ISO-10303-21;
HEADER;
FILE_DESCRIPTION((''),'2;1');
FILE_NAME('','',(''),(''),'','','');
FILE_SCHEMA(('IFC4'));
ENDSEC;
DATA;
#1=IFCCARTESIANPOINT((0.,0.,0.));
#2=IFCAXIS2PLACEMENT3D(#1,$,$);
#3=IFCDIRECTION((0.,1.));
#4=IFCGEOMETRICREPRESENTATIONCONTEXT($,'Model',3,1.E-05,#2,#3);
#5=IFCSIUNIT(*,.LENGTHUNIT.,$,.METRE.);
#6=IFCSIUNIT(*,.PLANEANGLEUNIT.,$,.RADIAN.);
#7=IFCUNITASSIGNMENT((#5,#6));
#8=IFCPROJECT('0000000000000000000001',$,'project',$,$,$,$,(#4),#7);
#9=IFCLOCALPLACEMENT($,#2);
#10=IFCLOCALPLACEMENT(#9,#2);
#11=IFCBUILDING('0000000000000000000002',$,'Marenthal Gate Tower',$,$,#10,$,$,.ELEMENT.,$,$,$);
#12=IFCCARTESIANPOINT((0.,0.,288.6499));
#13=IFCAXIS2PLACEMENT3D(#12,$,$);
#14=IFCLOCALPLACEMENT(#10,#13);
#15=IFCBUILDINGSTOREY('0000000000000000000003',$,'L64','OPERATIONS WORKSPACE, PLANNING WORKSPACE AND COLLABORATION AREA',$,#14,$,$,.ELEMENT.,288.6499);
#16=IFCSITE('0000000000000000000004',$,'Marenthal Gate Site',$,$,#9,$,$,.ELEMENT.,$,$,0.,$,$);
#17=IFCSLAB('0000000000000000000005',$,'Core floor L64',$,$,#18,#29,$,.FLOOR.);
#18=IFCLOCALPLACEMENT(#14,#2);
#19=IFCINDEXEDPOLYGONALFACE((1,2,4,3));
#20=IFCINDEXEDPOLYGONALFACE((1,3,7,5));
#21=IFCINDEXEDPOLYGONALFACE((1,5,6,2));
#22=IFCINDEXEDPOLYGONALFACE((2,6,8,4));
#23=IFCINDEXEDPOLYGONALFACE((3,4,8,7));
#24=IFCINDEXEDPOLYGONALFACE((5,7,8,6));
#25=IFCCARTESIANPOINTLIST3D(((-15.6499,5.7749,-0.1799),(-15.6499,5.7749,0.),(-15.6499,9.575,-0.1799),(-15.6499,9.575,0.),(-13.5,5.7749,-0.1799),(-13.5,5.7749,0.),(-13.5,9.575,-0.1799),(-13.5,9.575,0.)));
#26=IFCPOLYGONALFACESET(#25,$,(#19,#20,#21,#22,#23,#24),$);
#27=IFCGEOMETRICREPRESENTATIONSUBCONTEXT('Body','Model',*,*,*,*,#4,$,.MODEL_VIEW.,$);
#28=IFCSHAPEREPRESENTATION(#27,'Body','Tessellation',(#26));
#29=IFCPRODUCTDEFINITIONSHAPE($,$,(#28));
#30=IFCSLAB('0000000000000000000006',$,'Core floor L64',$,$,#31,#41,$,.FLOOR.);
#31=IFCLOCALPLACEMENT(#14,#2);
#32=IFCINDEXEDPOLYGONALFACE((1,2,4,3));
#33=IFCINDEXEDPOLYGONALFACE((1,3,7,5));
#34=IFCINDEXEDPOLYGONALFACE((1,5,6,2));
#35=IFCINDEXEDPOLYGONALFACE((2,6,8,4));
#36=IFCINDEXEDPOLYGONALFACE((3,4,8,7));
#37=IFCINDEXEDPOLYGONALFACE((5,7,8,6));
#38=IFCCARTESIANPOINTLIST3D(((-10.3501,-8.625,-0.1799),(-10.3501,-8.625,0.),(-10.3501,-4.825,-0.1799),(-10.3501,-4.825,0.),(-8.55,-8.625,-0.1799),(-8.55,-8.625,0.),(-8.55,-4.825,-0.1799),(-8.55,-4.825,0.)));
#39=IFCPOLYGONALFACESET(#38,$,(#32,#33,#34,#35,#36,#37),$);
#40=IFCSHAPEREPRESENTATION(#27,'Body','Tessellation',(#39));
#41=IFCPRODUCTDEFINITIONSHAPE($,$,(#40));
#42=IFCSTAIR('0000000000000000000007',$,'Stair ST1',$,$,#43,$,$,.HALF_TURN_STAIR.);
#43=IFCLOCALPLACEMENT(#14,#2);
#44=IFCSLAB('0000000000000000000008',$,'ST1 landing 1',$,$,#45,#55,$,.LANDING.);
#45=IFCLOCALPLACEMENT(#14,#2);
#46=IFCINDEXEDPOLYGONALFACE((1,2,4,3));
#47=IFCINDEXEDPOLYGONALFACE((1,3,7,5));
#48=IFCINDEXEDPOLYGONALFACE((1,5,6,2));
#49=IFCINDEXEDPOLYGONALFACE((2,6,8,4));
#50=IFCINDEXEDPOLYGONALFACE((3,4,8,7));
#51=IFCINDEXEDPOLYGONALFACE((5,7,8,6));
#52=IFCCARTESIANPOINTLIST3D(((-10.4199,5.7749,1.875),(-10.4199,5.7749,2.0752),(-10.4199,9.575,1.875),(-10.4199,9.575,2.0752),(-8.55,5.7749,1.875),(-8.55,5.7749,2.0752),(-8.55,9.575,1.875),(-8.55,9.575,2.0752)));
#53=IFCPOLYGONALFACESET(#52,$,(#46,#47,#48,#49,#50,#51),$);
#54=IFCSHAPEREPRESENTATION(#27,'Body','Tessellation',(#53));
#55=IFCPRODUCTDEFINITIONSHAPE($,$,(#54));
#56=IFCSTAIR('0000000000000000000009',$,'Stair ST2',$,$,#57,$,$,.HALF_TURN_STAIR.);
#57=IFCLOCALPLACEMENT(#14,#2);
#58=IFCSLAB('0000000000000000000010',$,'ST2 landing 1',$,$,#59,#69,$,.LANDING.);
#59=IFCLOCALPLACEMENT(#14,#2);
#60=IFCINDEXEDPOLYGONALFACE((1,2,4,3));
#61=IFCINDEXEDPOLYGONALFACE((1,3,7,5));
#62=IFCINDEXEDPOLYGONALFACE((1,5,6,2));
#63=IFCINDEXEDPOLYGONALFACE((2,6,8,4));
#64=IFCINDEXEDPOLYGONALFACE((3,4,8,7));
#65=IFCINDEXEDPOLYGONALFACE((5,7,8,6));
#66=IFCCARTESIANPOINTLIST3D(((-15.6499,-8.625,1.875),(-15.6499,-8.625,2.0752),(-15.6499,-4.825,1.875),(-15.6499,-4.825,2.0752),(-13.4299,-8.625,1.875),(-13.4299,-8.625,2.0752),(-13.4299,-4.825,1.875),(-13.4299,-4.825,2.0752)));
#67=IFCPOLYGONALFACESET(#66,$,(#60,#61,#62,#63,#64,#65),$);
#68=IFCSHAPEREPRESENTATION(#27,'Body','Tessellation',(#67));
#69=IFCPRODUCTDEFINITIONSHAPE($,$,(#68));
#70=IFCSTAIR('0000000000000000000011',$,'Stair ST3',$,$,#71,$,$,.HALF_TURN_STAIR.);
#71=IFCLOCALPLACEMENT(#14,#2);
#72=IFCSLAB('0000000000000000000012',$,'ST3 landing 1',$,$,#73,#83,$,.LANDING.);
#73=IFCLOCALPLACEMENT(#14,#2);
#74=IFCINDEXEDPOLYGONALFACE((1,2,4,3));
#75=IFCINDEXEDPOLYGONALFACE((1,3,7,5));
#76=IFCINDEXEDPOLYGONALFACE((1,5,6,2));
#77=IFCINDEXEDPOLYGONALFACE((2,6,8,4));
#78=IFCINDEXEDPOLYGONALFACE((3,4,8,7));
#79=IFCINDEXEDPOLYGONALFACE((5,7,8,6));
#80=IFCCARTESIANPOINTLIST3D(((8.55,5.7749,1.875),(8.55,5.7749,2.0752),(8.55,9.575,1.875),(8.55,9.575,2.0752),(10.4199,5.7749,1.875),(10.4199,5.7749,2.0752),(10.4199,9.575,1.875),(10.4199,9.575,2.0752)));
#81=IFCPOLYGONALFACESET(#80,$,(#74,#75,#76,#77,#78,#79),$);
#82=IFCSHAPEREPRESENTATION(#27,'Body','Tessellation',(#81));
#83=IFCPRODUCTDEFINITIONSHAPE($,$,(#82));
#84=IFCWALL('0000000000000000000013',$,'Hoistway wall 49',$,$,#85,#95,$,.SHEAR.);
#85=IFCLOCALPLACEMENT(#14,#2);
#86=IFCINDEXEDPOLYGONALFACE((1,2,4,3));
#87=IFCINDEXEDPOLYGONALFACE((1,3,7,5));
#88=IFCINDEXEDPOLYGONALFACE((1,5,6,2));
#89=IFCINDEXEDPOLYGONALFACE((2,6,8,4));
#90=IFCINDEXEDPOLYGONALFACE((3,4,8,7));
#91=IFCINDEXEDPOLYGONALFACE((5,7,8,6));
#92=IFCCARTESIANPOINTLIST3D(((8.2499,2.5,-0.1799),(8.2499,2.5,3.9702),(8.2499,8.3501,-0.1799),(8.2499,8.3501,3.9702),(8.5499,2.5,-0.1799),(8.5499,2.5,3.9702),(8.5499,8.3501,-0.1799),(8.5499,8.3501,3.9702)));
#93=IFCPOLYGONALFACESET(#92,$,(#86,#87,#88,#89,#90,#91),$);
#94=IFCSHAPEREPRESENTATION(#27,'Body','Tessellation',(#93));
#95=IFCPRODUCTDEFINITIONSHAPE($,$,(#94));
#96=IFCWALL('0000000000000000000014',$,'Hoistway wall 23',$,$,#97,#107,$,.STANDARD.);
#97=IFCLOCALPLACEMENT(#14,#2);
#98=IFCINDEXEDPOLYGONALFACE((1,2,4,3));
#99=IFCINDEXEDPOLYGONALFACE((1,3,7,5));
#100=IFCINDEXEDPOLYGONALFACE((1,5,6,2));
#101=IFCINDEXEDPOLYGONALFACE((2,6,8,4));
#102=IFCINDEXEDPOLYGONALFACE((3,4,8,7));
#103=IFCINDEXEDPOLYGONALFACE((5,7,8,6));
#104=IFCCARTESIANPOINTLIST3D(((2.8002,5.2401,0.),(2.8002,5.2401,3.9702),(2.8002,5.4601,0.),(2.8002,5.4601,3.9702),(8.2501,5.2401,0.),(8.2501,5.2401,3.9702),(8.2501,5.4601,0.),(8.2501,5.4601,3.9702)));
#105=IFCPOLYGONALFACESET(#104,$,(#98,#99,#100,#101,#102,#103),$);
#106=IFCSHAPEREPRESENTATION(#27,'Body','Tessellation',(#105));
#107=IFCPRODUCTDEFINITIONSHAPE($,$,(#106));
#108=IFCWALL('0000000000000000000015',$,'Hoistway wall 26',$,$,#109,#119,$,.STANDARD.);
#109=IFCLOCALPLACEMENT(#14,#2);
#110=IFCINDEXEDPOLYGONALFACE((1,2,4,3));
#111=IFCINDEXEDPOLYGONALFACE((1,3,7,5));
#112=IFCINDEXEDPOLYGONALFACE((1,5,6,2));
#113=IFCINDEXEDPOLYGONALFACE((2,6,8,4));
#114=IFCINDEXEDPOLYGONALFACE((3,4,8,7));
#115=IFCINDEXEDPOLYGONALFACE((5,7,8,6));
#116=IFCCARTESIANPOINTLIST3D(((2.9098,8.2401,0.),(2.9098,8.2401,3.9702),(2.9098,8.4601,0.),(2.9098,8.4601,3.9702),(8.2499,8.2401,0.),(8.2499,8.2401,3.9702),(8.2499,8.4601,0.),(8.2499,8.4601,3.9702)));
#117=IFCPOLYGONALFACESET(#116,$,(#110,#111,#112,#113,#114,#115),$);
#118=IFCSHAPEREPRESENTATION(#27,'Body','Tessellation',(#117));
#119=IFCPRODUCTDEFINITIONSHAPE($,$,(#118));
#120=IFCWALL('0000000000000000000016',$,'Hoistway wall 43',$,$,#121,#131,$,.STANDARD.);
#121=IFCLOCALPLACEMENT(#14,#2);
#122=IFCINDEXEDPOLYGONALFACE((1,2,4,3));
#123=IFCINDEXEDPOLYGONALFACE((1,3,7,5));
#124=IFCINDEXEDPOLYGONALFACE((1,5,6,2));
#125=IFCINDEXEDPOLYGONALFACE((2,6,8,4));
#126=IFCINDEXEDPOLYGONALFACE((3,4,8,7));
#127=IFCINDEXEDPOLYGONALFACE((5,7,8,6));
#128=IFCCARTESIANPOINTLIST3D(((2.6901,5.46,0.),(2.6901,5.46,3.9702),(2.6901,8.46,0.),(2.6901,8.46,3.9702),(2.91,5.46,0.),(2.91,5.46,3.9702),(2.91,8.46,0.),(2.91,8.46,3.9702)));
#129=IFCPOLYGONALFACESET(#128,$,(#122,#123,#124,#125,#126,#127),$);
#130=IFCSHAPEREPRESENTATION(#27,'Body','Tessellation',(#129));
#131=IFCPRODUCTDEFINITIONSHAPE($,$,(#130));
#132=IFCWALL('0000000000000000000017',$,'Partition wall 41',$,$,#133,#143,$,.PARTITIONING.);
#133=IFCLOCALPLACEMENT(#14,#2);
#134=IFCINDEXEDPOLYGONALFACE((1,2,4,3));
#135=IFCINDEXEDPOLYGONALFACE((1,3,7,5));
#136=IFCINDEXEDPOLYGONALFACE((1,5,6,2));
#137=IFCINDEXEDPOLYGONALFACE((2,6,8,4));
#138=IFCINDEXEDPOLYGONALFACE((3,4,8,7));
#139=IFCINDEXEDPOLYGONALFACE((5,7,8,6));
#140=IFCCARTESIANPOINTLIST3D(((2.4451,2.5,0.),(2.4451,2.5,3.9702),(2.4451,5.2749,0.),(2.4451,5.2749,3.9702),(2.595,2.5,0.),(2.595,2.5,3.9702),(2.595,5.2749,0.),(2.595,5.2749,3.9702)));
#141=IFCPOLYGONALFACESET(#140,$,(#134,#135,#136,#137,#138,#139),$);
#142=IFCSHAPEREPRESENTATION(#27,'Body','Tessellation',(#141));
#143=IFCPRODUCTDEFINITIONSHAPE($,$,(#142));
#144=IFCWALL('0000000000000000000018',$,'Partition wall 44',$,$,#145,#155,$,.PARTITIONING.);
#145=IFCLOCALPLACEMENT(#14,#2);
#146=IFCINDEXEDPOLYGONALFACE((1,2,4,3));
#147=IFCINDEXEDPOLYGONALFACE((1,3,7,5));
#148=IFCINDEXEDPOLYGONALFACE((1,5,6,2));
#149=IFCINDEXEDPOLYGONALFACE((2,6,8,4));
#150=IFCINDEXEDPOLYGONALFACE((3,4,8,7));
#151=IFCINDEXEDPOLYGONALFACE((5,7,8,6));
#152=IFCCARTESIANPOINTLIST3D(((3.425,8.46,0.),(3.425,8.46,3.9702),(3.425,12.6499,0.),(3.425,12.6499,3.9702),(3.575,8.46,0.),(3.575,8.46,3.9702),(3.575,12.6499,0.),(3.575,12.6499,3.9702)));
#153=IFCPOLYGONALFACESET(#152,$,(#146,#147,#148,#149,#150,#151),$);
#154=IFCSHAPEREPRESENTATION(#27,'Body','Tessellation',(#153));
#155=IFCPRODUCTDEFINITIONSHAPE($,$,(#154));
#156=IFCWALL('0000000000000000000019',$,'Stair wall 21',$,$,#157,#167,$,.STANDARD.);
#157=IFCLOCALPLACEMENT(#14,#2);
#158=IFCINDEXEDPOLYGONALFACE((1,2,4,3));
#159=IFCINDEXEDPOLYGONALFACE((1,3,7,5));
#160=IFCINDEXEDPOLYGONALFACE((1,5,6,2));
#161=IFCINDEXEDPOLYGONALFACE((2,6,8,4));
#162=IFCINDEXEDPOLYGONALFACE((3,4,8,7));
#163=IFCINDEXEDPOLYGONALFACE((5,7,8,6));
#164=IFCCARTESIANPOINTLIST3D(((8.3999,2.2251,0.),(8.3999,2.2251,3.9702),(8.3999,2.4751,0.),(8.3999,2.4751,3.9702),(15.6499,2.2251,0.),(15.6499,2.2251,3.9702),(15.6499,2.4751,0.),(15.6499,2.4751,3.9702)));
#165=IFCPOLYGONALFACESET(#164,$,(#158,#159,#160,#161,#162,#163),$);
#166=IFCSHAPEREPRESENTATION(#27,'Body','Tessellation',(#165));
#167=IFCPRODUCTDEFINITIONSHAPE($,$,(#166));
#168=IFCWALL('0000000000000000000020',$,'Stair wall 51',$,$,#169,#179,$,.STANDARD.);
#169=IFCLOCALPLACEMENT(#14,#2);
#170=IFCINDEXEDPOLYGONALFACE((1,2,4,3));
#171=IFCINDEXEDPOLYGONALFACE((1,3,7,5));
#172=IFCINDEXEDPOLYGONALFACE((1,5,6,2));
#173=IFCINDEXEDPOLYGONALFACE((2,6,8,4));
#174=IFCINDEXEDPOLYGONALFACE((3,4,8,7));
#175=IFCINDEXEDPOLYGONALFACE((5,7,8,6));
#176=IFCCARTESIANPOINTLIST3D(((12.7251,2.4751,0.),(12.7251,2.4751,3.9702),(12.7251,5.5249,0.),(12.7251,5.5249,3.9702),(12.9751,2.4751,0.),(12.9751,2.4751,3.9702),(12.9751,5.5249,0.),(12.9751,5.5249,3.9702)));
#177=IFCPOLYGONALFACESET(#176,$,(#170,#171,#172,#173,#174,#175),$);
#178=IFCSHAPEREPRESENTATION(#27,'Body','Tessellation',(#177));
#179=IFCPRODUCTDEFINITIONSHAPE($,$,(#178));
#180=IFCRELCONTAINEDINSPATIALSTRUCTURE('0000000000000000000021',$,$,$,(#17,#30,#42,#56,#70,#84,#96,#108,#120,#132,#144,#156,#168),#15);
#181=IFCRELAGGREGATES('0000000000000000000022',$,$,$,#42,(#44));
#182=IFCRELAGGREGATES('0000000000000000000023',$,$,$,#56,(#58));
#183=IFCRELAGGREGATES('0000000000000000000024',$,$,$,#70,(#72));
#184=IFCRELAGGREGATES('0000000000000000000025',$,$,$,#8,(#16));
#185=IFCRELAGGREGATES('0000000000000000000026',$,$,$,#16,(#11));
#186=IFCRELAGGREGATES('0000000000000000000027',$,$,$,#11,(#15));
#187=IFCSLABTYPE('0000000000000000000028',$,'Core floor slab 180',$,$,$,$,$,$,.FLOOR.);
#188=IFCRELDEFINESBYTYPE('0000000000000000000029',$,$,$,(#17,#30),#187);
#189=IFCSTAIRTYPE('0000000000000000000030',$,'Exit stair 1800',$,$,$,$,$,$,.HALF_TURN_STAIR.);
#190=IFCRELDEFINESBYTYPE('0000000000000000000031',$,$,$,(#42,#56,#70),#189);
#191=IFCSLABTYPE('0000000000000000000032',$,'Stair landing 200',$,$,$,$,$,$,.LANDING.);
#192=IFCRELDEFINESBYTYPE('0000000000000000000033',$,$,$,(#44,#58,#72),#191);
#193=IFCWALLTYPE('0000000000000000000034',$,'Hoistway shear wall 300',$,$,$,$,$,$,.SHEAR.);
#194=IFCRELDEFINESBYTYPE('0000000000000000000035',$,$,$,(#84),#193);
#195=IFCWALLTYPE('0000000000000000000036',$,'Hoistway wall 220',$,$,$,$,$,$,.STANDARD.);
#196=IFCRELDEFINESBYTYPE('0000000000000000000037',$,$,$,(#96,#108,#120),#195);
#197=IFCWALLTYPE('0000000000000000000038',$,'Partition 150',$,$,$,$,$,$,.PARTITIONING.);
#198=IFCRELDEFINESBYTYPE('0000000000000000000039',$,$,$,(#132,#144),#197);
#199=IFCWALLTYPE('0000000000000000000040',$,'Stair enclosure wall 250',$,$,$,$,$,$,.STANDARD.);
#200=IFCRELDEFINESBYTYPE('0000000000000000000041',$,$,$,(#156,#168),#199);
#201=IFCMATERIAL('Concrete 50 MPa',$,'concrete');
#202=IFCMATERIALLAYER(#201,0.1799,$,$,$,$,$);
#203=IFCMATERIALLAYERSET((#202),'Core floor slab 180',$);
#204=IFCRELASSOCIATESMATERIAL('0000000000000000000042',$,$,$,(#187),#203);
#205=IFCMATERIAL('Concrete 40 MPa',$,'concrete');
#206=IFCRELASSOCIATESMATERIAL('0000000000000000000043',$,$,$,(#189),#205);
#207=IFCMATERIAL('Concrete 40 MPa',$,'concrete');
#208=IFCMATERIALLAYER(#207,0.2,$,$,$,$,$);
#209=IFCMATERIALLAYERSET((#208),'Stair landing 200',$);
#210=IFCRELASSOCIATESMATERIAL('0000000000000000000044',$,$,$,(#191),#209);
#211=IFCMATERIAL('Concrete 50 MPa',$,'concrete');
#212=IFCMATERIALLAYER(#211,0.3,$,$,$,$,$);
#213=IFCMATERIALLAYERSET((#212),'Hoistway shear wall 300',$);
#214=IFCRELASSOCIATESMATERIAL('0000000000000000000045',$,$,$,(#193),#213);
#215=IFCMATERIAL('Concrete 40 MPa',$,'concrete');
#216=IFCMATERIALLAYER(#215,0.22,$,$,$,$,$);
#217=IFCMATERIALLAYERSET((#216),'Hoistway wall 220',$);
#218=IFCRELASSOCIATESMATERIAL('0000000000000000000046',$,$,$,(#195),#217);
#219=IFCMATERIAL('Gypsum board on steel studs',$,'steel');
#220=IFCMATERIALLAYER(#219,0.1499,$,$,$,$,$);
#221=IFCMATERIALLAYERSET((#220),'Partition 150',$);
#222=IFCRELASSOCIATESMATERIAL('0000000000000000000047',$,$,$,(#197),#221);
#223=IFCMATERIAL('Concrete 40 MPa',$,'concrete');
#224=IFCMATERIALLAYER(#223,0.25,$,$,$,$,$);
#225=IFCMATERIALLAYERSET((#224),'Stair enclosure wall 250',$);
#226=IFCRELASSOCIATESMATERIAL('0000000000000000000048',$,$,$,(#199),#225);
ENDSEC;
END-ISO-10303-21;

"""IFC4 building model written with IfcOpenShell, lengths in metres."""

from ifc_helpers import new_model, si_unit, direction, frame, frame_2d, origin, place, context, subcontext, project, spatial, polyline, rectangle, outline, extrude, material, layer, layer_set, type_object, element, aggregate, save


model = new_model("IFC4")

# Units and contexts
model_context = context("Model", 3, precision=1e-05, world=origin(), true_north=direction((0.0, 1.0)))
body_context = subcontext(model_context, "Body", "Model", "MODEL_VIEW")
ifc_project = project(units=[si_unit("LENGTHUNIT", "METRE"), si_unit("PLANEANGLEUNIT", "RADIAN")], contexts=[model_context])

# Site, building, storey
site_placement = place(None, origin())
site = spatial("IfcSite", under=ifc_project, at=site_placement, Name="Marenthal Gate Site", CompositionType="ELEMENT", RefElevation=0.0)
building_placement = place(site_placement, origin())
building = spatial("IfcBuilding", under=site, at=building_placement, Name="Marenthal Gate Tower", CompositionType="ELEMENT")
storey_placement = place(building_placement, frame((0.0, 0.0, 288.6499)))
storey = spatial("IfcBuildingStorey", under=building, at=storey_placement, Name="L64", Description="OPERATIONS WORKSPACE, PLANNING WORKSPACE AND COLLABORATION AREA", CompositionType="ELEMENT", Elevation=288.6499)

# Slabs
ifc_material_1 = material(Name="Concrete 50 MPa", Category="concrete")
ifc_layer_1 = layer(ifc_material_1, 0.1799)
ifc_layer_set_1 = layer_set([ifc_layer_1], Name="Core floor slab 180")
slab_type_1 = type_object("IfcSlabType", Name="Core floor slab 180", PredefinedType="FLOOR", material=ifc_layer_set_1)
slab_1_placement = place(storey_placement, frame((0.0, 0.0, -0.1799)))
element("IfcSlab", 1, at=slab_1_placement, inside=storey, type_object=slab_type_1, Name="Core floor L64", PredefinedType="FLOOR", context=body_context, shape_type="SweptSolid", body=[
    extrude(outline(polyline([(-15.6499, 9.575), (-13.5, 9.575), (-13.5, 5.7749), (-15.6499, 5.7749), (-15.6499, 9.575)])), origin(), (0.0, 0.0, 1.0), 0.1799),
])
slab_2_placement = place(storey_placement, frame((0.0, 0.0, -0.1799)))
element("IfcSlab", 2, at=slab_2_placement, inside=storey, type_object=slab_type_1, Name="Core floor L64", PredefinedType="FLOOR", context=body_context, shape_type="SweptSolid", body=[
    extrude(outline(polyline([(-8.55, -4.825), (-8.55, -8.625), (-10.3501, -8.625), (-10.3501, -4.825), (-8.55, -4.825)])), origin(), (0.0, 0.0, 1.0), 0.1799),
])

# Stairs, slabs
ifc_material_2 = material(Name="Concrete 40 MPa", Category="concrete")
stair_type = type_object("IfcStairType", Name="Exit stair 1800", PredefinedType="HALF_TURN_STAIR", material=ifc_material_2)
stair_1_placement = place(storey_placement, origin())
stair_1 = element("IfcStair", 3, at=stair_1_placement, inside=storey, type_object=stair_type, Name="Stair ST1", PredefinedType="HALF_TURN_STAIR")
ifc_material_3 = material(Name="Concrete 40 MPa", Category="concrete")
ifc_layer_2 = layer(ifc_material_3, 0.2)
ifc_layer_set_2 = layer_set([ifc_layer_2], Name="Stair landing 200")
slab_type_2 = type_object("IfcSlabType", Name="Stair landing 200", PredefinedType="LANDING", material=ifc_layer_set_2)
slab_3_placement = place(storey_placement, frame((0.0, 0.0, 1.875)))
slab_3 = element("IfcSlab", 4, at=slab_3_placement, type_object=slab_type_2, Name="ST1 landing 1", PredefinedType="LANDING", context=body_context, shape_type="SweptSolid", body=[
    extrude(outline(polyline([(-10.4199, 5.7749), (-8.55, 5.7749), (-8.55, 9.575), (-10.4199, 9.575), (-10.4199, 5.7749)])), origin(), (0.0, 0.0, 1.0), 0.2002),
])
aggregate(stair_1, [slab_3])
stair_2_placement = place(storey_placement, origin())
stair_2 = element("IfcStair", 5, at=stair_2_placement, inside=storey, type_object=stair_type, Name="Stair ST2", PredefinedType="HALF_TURN_STAIR")
slab_4_placement = place(storey_placement, frame((0.0, 0.0, 1.875)))
slab_4 = element("IfcSlab", 6, at=slab_4_placement, type_object=slab_type_2, Name="ST2 landing 1", PredefinedType="LANDING", context=body_context, shape_type="SweptSolid", body=[
    extrude(outline(polyline([(-15.6499, -8.625), (-13.4299, -8.625), (-13.4299, -4.825), (-15.6499, -4.825), (-15.6499, -8.625)])), origin(), (0.0, 0.0, 1.0), 0.2002),
])
aggregate(stair_2, [slab_4])
stair_3_placement = place(storey_placement, origin())
stair_3 = element("IfcStair", 7, at=stair_3_placement, inside=storey, type_object=stair_type, Name="Stair ST3", PredefinedType="HALF_TURN_STAIR")
slab_5_placement = place(storey_placement, frame((0.0, 0.0, 1.875)))
slab_5 = element("IfcSlab", 8, at=slab_5_placement, type_object=slab_type_2, Name="ST3 landing 1", PredefinedType="LANDING", context=body_context, shape_type="SweptSolid", body=[
    extrude(outline(polyline([(8.55, 5.7749), (10.4199, 5.7749), (10.4199, 9.575), (8.55, 9.575), (8.55, 5.7749)])), origin(), (0.0, 0.0, 1.0), 0.2002),
])

# Walls
ifc_material_4 = material(Name="Concrete 50 MPa", Category="concrete")
ifc_layer_3 = layer(ifc_material_4, 0.3)
ifc_layer_set_3 = layer_set([ifc_layer_3], Name="Hoistway shear wall 300")
wall_type_1 = type_object("IfcWallType", Name="Hoistway shear wall 300", PredefinedType="SHEAR", material=ifc_layer_set_3)
wall_1_placement = place(storey_placement, frame((8.3999, 2.5, -0.1799), z_axis=(0.0, 0.0, 1.0), x_axis=(0.0, 1.0, 0.0)))
element("IfcWall", 9, at=wall_1_placement, inside=storey, type_object=wall_type_1, Name="Hoistway wall 49", PredefinedType="SHEAR", context=body_context, shape_type="SweptSolid", body=[
    extrude(rectangle(XDim=5.8501, YDim=0.3, at=frame_2d((2.925, 0.0))), origin(), (0.0, 0.0, 1.0), 4.1501),
])
ifc_material_5 = material(Name="Concrete 40 MPa", Category="concrete")
ifc_layer_4 = layer(ifc_material_5, 0.22)
ifc_layer_set_4 = layer_set([ifc_layer_4], Name="Hoistway wall 220")
wall_type_2 = type_object("IfcWallType", Name="Hoistway wall 220", PredefinedType="STANDARD", material=ifc_layer_set_4)
wall_2_placement = place(storey_placement, frame((2.8, 5.3501, 0.0), z_axis=(0.0, 0.0, 1.0), x_axis=(1.0, 0.0, 0.0)))
element("IfcWall", 10, at=wall_2_placement, inside=storey, type_object=wall_type_2, Name="Hoistway wall 23", PredefinedType="STANDARD", context=body_context, shape_type="SweptSolid", body=[
    extrude(rectangle(XDim=5.45, YDim=0.22, at=frame_2d((2.7251, 0.0))), origin(), (0.0, 0.0, 1.0), 3.9702),
])
wall_3_placement = place(storey_placement, frame((2.9099, 8.3501, 0.0), z_axis=(0.0, 0.0, 1.0), x_axis=(1.0, 0.0, 0.0)))
element("IfcWall", 11, at=wall_3_placement, inside=storey, type_object=wall_type_2, Name="Hoistway wall 26", PredefinedType="STANDARD", context=body_context, shape_type="SweptSolid", body=[
    extrude(rectangle(XDim=5.3401, YDim=0.22, at=frame_2d((2.6699, 0.0))), origin(), (0.0, 0.0, 1.0), 3.9702),
])
wall_4_placement = place(storey_placement, frame((2.8, 5.46, 0.0), z_axis=(0.0, 0.0, 1.0), x_axis=(0.0, 1.0, 0.0)))
element("IfcWall", 12, at=wall_4_placement, inside=storey, type_object=wall_type_2, Name="Hoistway wall 43", PredefinedType="STANDARD", context=body_context, shape_type="SweptSolid", body=[
    extrude(rectangle(XDim=3.0, YDim=0.22, at=frame_2d((1.5, 0.0))), origin(), (0.0, 0.0, 1.0), 3.9702),
])
ifc_material_6 = material(Name="Gypsum board on steel studs", Category="steel")
ifc_layer_5 = layer(ifc_material_6, 0.1499)
ifc_layer_set_5 = layer_set([ifc_layer_5], Name="Partition 150")
wall_type_3 = type_object("IfcWallType", Name="Partition 150", PredefinedType="PARTITIONING", material=ifc_layer_set_5)
wall_5_placement = place(storey_placement, frame((2.52, 2.5, 0.0), z_axis=(0.0, 0.0, 1.0), x_axis=(0.0, 1.0, 0.0)))
element("IfcWall", 13, at=wall_5_placement, inside=storey, type_object=wall_type_3, Name="Partition wall 41", PredefinedType="PARTITIONING", context=body_context, shape_type="SweptSolid", body=[
    extrude(rectangle(XDim=2.7749, YDim=0.1499, at=frame_2d((1.3875, 0.0))), origin(), (0.0, 0.0, 1.0), 3.9702),
])
wall_6_placement = place(storey_placement, frame((3.5, 8.46, 0.0), z_axis=(0.0, 0.0, 1.0), x_axis=(0.0, 1.0, 0.0)))
element("IfcWall", 14, at=wall_6_placement, inside=storey, type_object=wall_type_3, Name="Partition wall 44", PredefinedType="PARTITIONING", context=body_context, shape_type="SweptSolid", body=[
    extrude(rectangle(XDim=4.1899, YDim=0.1499, at=frame_2d((2.095, 0.0))), origin(), (0.0, 0.0, 1.0), 3.9702),
])
ifc_material_7 = material(Name="Concrete 40 MPa", Category="concrete")
ifc_layer_6 = layer(ifc_material_7, 0.25)
ifc_layer_set_6 = layer_set([ifc_layer_6], Name="Stair enclosure wall 250")
wall_type_4 = type_object("IfcWallType", Name="Stair enclosure wall 250", PredefinedType="STANDARD", material=ifc_layer_set_6)
wall_7_placement = place(storey_placement, frame((8.3999, 2.3501, 0.0), z_axis=(0.0, 0.0, 1.0), x_axis=(1.0, 0.0, 0.0)))
element("IfcWall", 15, at=wall_7_placement, inside=storey, type_object=wall_type_4, Name="Stair wall 21", PredefinedType="STANDARD", context=body_context, shape_type="SweptSolid", body=[
    extrude(rectangle(XDim=7.25, YDim=0.25, at=frame_2d((3.625, 0.0))), origin(), (0.0, 0.0, 1.0), 3.9702),
])
wall_8_placement = place(storey_placement, frame((12.8501, 2.4751, 0.0), z_axis=(0.0, 0.0, 1.0), x_axis=(0.0, 1.0, 0.0)))
element("IfcWall", 16, at=wall_8_placement, inside=storey, type_object=wall_type_4, Name="Stair wall 51", PredefinedType="STANDARD", context=body_context, shape_type="SweptSolid", body=[
    extrude(rectangle(XDim=3.0498, YDim=0.25, at=frame_2d((1.5249, 0.0))), origin(), (0.0, 0.0, 1.0), 3.9702),
])

aggregate(stair_3, [slab_5])

save(model, "model.ifc")
